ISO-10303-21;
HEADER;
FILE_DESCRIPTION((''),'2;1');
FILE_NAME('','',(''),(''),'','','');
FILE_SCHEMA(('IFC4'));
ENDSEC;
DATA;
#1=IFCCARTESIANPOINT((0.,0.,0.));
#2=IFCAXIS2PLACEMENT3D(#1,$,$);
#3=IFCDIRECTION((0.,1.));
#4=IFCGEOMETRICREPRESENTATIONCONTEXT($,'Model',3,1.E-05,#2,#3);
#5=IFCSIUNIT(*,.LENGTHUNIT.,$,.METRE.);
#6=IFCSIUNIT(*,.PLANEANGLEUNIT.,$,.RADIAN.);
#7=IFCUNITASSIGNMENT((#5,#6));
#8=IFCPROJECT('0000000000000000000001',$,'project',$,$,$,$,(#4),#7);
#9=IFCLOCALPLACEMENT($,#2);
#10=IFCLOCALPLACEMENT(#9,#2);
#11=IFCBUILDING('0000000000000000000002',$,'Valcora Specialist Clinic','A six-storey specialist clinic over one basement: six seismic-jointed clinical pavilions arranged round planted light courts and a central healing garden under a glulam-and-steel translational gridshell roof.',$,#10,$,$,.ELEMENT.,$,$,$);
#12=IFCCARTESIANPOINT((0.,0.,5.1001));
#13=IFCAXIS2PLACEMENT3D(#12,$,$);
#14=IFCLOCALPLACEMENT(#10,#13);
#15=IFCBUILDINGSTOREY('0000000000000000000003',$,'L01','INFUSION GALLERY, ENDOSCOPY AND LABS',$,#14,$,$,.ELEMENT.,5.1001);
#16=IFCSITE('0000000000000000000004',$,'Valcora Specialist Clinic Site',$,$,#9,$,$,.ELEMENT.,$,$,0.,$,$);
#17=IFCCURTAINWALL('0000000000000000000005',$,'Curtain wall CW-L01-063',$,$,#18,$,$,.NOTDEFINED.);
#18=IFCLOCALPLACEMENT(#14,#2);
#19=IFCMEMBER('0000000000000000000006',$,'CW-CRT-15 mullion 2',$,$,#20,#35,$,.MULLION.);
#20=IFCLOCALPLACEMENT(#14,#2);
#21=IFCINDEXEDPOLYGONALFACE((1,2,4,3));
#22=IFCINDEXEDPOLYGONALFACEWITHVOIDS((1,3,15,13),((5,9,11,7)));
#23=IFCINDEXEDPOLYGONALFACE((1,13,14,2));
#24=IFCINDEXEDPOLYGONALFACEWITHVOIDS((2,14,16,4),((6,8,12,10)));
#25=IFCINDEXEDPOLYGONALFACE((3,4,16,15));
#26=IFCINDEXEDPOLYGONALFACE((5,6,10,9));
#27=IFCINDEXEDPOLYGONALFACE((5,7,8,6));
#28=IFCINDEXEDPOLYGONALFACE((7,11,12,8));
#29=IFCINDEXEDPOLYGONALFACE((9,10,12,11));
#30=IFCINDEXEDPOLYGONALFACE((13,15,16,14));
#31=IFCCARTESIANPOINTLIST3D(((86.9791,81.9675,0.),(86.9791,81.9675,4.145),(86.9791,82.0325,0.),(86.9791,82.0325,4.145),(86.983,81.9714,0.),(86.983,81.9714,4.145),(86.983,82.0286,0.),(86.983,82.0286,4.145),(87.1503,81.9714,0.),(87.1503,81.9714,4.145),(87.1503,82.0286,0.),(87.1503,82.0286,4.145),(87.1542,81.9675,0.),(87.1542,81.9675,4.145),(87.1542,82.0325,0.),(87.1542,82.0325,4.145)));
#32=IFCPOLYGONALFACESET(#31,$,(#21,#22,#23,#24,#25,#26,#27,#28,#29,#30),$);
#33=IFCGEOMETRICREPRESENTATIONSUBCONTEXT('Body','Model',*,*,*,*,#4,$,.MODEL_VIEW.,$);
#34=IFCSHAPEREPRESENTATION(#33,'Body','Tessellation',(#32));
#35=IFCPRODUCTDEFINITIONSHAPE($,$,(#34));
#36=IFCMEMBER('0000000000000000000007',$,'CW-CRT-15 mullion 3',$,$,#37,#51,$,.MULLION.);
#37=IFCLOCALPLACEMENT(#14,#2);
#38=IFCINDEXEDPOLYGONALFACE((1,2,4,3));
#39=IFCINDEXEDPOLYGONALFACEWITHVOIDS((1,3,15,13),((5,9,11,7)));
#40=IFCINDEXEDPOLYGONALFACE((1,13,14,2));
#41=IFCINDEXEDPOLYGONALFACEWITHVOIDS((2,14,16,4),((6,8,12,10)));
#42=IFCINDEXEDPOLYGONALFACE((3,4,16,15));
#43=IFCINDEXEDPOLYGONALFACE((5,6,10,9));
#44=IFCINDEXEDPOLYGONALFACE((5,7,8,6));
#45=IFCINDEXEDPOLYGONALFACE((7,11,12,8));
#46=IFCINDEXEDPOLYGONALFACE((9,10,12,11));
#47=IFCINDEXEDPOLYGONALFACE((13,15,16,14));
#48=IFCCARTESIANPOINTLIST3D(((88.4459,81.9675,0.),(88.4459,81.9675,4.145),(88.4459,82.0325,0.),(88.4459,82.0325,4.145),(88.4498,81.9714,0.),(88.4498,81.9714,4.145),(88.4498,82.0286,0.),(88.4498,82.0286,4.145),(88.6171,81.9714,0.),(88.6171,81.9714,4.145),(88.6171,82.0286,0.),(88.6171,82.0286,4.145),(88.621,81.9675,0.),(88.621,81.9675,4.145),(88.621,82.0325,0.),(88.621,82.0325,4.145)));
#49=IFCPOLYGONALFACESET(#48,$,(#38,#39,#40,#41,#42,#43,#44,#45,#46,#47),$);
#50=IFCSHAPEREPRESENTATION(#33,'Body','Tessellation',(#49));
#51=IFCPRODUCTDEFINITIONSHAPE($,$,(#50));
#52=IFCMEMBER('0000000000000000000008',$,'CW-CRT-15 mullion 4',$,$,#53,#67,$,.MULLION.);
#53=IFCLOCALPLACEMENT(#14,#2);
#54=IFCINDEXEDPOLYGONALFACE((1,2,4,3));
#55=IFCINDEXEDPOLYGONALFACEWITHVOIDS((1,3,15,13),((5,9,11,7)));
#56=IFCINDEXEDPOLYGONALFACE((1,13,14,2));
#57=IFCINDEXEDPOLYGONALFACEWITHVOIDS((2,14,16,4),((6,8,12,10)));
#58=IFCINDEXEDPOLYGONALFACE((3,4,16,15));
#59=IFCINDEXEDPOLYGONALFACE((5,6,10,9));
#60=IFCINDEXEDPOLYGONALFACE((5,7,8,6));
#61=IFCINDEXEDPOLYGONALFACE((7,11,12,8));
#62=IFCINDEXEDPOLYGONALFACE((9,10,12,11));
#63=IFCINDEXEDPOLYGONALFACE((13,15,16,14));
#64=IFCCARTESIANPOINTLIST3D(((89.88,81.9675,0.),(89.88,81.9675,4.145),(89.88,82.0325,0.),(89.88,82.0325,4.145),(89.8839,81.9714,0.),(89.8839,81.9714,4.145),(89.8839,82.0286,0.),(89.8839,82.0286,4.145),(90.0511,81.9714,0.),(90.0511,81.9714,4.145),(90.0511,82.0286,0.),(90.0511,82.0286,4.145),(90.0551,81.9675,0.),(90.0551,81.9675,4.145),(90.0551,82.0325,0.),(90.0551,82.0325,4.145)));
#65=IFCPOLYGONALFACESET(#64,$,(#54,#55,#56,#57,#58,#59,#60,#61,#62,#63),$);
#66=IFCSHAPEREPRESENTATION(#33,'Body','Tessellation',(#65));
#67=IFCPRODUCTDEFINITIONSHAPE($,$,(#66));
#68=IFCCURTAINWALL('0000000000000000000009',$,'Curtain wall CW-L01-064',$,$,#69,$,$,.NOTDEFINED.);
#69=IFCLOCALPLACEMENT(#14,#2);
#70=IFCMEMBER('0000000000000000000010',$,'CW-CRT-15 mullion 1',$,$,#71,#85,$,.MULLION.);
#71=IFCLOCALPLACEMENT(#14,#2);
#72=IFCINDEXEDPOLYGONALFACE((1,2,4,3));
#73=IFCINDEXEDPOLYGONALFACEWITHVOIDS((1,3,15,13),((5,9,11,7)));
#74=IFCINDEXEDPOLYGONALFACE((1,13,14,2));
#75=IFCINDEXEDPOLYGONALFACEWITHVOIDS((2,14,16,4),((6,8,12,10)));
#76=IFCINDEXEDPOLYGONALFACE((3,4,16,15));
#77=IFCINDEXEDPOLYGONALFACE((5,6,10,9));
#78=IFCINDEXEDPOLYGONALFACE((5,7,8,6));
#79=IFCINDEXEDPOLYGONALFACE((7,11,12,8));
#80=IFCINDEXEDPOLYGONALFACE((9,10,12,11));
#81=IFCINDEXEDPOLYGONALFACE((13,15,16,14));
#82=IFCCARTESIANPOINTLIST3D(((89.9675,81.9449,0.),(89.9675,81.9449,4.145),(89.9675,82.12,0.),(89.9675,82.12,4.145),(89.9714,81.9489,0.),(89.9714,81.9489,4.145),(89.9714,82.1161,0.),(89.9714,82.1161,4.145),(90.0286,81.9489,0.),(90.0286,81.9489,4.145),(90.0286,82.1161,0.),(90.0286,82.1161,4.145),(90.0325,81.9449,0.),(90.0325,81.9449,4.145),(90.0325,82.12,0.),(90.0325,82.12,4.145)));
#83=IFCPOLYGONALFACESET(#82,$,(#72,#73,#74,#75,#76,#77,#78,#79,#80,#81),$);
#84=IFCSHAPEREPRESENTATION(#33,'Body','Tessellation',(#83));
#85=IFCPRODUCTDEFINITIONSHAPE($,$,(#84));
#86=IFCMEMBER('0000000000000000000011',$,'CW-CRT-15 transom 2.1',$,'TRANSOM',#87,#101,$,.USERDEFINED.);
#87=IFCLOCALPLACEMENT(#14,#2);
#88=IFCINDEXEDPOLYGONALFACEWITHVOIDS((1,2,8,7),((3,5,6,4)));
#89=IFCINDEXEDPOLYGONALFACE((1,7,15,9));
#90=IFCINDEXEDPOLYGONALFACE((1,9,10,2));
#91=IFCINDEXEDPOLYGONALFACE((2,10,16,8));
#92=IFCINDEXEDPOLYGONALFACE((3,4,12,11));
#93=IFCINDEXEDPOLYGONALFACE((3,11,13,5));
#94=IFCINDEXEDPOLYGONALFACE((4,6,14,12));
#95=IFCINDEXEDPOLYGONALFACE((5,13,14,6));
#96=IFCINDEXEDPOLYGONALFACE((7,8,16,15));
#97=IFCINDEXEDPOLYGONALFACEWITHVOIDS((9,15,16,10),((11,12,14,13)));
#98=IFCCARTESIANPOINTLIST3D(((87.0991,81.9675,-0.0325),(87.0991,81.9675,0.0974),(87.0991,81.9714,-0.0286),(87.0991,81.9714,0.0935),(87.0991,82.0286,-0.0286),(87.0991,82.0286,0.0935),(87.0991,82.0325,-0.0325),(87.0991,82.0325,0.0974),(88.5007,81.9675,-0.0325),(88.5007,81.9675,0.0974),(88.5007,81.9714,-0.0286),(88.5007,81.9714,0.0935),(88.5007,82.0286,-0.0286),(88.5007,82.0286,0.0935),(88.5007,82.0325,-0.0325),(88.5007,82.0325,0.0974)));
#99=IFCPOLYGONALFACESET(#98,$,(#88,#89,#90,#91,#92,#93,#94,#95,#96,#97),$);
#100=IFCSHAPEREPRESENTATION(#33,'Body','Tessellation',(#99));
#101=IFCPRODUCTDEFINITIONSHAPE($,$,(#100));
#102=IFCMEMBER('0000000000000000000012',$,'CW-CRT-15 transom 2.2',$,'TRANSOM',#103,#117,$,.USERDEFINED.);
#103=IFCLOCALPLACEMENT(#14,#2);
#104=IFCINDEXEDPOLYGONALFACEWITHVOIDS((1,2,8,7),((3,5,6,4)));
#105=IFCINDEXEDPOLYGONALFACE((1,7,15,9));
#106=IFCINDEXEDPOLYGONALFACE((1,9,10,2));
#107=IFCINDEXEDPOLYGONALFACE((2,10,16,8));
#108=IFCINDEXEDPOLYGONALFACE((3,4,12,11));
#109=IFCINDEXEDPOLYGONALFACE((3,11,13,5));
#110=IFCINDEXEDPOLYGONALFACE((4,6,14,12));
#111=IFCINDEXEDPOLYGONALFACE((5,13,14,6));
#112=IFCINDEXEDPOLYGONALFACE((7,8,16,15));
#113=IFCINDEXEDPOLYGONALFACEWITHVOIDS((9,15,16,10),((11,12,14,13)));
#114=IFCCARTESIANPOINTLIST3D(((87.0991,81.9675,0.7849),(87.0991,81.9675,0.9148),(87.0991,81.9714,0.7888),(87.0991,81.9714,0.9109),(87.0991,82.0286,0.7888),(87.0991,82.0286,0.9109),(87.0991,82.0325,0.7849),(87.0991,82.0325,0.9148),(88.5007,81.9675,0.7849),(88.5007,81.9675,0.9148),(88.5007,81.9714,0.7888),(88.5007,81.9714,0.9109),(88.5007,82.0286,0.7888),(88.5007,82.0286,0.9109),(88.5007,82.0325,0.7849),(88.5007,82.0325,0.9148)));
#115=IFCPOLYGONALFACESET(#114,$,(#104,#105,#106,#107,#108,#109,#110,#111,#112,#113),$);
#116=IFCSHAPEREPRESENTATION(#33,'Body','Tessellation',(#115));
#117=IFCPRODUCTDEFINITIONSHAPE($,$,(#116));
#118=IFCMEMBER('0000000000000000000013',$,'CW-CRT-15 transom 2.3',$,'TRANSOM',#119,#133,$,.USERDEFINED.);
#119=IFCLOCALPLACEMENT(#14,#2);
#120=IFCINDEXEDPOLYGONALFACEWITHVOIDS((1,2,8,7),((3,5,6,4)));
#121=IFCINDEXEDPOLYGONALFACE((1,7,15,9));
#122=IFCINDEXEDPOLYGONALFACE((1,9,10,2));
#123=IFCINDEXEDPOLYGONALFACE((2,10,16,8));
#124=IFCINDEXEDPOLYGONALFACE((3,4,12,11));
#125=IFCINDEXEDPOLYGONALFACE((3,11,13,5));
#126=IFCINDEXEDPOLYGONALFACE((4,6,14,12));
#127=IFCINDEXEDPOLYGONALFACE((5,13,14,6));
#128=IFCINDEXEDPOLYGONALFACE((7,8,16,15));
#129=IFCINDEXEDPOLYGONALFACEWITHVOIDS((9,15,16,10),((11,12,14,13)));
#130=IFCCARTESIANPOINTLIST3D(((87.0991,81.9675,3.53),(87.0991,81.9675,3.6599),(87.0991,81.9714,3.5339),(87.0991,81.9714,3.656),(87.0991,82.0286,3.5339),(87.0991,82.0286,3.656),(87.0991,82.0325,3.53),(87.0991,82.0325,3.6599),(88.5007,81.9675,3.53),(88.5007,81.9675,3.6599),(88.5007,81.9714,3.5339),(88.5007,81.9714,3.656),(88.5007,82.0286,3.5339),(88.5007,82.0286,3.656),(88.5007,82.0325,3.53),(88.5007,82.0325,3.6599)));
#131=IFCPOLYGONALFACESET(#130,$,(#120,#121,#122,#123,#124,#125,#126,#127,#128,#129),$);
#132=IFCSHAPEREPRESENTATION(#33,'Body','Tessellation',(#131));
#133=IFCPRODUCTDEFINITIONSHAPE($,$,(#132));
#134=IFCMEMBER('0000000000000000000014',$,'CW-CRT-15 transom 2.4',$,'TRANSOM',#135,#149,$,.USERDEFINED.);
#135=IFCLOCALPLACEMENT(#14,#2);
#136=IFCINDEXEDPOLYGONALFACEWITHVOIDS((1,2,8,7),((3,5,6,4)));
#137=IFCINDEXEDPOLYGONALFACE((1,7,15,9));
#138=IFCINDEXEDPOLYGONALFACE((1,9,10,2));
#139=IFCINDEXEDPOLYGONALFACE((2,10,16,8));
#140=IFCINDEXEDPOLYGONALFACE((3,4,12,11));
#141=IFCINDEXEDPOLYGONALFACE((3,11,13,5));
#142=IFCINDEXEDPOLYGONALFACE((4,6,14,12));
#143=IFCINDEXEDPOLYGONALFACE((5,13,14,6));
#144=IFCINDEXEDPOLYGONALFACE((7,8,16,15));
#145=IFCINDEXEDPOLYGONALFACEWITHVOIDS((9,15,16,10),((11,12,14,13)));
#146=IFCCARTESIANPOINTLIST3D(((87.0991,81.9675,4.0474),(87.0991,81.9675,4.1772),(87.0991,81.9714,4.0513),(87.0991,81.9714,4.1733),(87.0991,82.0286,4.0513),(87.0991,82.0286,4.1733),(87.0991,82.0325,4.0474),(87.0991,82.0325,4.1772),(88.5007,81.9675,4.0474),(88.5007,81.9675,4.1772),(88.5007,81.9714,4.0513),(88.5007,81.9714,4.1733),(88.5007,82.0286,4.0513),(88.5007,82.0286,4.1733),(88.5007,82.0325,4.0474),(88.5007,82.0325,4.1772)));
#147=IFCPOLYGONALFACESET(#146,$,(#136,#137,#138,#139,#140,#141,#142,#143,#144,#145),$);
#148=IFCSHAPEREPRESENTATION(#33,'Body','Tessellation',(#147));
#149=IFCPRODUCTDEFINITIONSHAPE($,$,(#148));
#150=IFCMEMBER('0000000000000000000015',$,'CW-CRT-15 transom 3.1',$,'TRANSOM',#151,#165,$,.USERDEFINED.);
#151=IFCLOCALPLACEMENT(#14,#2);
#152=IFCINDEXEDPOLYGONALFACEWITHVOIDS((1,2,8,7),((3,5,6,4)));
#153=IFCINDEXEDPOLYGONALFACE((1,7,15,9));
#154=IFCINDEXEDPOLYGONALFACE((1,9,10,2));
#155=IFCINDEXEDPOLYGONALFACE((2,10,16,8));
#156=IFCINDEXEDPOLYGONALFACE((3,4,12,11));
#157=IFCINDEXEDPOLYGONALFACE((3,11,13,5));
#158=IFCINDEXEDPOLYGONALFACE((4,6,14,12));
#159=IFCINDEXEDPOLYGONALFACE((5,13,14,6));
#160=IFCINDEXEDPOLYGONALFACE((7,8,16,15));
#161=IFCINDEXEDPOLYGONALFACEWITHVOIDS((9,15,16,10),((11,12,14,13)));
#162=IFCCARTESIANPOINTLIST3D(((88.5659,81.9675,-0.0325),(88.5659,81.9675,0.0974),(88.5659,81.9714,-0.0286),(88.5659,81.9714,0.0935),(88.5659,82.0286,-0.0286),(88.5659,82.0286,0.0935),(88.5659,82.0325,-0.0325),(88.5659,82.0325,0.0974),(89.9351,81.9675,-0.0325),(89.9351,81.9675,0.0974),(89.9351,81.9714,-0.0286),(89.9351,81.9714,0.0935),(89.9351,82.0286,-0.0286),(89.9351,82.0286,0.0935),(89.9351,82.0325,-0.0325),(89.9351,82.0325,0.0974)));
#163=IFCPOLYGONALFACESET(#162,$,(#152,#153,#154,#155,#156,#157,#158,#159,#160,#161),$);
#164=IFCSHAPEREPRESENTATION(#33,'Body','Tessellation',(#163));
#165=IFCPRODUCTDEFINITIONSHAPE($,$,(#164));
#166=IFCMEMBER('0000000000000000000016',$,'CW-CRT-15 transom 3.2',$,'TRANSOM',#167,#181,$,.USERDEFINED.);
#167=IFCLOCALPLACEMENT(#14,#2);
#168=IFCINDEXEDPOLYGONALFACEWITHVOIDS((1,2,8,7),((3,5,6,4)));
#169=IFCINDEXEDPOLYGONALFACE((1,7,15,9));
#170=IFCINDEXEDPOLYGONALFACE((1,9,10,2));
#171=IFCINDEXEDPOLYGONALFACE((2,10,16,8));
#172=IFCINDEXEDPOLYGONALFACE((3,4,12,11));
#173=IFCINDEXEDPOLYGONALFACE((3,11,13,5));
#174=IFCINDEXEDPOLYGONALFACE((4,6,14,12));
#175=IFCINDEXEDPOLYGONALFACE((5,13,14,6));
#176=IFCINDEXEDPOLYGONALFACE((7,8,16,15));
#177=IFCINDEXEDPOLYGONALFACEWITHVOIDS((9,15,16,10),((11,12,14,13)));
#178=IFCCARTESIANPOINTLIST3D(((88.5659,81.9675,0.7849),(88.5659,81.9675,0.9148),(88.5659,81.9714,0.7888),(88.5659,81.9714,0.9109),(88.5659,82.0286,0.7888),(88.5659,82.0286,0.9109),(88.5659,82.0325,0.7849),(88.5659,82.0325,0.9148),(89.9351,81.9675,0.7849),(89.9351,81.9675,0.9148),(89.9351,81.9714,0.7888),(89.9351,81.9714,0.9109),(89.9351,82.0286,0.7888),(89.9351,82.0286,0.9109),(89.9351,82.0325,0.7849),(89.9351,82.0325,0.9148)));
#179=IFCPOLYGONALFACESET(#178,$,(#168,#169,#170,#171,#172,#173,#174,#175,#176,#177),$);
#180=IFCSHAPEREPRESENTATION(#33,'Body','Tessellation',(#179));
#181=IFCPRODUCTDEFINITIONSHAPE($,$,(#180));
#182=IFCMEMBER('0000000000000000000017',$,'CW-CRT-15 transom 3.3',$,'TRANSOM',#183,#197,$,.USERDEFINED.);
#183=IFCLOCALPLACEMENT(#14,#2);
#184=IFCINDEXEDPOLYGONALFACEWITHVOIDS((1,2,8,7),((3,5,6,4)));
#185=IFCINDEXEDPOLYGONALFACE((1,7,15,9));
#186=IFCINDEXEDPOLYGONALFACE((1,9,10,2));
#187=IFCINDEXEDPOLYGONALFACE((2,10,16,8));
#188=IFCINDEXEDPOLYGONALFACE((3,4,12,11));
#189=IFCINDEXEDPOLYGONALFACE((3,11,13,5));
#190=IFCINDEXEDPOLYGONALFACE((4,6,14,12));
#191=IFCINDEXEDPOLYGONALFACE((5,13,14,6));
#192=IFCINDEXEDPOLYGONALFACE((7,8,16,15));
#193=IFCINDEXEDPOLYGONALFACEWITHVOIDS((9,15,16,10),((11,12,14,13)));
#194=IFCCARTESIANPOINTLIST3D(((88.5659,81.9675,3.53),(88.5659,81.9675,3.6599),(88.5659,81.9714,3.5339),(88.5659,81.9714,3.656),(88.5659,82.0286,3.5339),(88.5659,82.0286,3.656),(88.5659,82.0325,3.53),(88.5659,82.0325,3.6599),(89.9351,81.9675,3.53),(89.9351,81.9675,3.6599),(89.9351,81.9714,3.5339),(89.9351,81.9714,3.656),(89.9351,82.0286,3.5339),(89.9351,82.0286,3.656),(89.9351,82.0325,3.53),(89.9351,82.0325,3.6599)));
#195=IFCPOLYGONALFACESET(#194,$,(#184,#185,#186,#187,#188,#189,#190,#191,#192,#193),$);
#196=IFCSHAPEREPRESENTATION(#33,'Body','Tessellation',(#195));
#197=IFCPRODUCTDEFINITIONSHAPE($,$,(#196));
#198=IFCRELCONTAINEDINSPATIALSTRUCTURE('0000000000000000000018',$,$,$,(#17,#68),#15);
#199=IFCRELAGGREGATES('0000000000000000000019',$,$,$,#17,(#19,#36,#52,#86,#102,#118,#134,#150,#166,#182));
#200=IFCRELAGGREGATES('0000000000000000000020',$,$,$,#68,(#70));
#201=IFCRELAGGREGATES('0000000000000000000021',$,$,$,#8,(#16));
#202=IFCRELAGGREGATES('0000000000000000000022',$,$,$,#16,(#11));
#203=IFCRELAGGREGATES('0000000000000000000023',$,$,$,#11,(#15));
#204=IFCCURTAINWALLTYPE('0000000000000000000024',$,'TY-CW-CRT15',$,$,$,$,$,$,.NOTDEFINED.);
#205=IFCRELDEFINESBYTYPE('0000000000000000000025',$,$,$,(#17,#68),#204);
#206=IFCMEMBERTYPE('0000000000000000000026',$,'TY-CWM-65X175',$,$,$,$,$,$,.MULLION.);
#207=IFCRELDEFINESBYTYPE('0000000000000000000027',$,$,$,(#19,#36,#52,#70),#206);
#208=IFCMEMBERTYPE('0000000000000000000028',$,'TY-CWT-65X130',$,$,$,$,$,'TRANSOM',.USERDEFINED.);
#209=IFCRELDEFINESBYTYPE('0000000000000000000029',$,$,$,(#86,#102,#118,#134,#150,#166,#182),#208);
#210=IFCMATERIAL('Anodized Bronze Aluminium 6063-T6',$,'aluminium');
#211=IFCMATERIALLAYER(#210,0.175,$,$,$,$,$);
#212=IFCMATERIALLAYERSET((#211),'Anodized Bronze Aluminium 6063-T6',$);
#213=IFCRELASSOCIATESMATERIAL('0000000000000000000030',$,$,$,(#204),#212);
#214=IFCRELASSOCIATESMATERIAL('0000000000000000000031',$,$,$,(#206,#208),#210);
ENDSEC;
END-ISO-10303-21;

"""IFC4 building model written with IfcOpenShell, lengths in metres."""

from ifc_helpers import new_model, si_unit, direction, frame, origin, origin_2d, place, context, subcontext, project, spatial, hollow_rectangle, extrude, material, layer, layer_set, material_profile, profile_set, type_object, element, aggregate, save


model = new_model("IFC4")

# Units and contexts
model_context = context("Model", 3, precision=1e-05, world=origin(), true_north=direction((0.0, 1.0)))
body_context = subcontext(model_context, "Body", "Model", "MODEL_VIEW")
ifc_project = project(units=[si_unit("LENGTHUNIT", "METRE"), si_unit("PLANEANGLEUNIT", "RADIAN")], contexts=[model_context])

# Site, building, storey
site_placement = place(None, origin())
site = spatial("IfcSite", under=ifc_project, at=site_placement, Name="Valcora Specialist Clinic Site", CompositionType="ELEMENT", RefElevation=0.0)
building_placement = place(site_placement, origin())
building = spatial("IfcBuilding", under=site, at=building_placement, Name="Valcora Specialist Clinic", Description="A six-storey specialist clinic over one basement: six seismic-jointed clinical pavilions arranged round planted light courts and a central healing garden under a glulam-and-steel translational gridshell roof.", CompositionType="ELEMENT")
storey_placement = place(building_placement, frame((0.0, 0.0, 5.1001)))
storey = spatial("IfcBuildingStorey", under=building, at=storey_placement, Name="L01", Description="INFUSION GALLERY, ENDOSCOPY AND LABS", CompositionType="ELEMENT", Elevation=5.1001)

# Curtain wall, members
ifc_material_1 = material(Name="Anodized Bronze Aluminium 6063-T6", Category="aluminium")
ifc_layer_1 = layer(ifc_material_1, 0.175)
ifc_layer_set_1 = layer_set([ifc_layer_1], Name="Anodized Bronze Aluminium 6063-T6")
curtain_wall_type = type_object("IfcCurtainWallType", Name="TY-CW-CRT15", PredefinedType="NOTDEFINED", material=ifc_layer_set_1)
curtain_wall_1_placement = place(storey_placement, origin())
curtain_wall_1 = element("IfcCurtainWall", 1, at=curtain_wall_1_placement, inside=storey, type_object=curtain_wall_type, Name="Curtain wall CW-L01-063", PredefinedType="NOTDEFINED")
ifc_material_profile_1 = material_profile(ifc_material_1, hollow_rectangle(XDim=0.0649, YDim=0.175, WallThickness=0.0039, at=origin_2d()), Name="AL-MUL-65X175")
ifc_profile_set_1 = profile_set([ifc_material_profile_1], Name="Anodized Bronze Aluminium 6063-T6")
member_type_1 = type_object("IfcMemberType", Name="TY-CWM-65X175", PredefinedType="MULLION", material=ifc_profile_set_1)
member_1_placement = place(storey_placement, frame((87.0667, 82.0, 0.0), z_axis=(0.0, 0.0, 1.0), x_axis=(0.0, 1.0, 0.0)))
member_1 = element("IfcMember", 2, at=member_1_placement, type_object=member_type_1, Name="CW-CRT-15 mullion 2", PredefinedType="MULLION", context=body_context, shape_type="SweptSolid", body=[
    extrude(hollow_rectangle(XDim=0.0649, YDim=0.175, WallThickness=0.0039, at=origin_2d()), origin(), (0.0, 0.0, 1.0), 4.145),
])
member_2_placement = place(storey_placement, frame((88.5334, 82.0, 0.0), z_axis=(0.0, 0.0, 1.0), x_axis=(0.0, 1.0, 0.0)))
member_2 = element("IfcMember", 3, at=member_2_placement, type_object=member_type_1, Name="CW-CRT-15 mullion 3", PredefinedType="MULLION", context=body_context, shape_type="SweptSolid", body=[
    extrude(hollow_rectangle(XDim=0.0649, YDim=0.175, WallThickness=0.0039, at=origin_2d()), origin(), (0.0, 0.0, 1.0), 4.145),
])
member_3_placement = place(storey_placement, frame((89.9675, 82.0, 0.0), z_axis=(0.0, 0.0, 1.0), x_axis=(0.0, 1.0, 0.0)))
member_3 = element("IfcMember", 4, at=member_3_placement, type_object=member_type_1, Name="CW-CRT-15 mullion 4", PredefinedType="MULLION", context=body_context, shape_type="SweptSolid", body=[
    extrude(hollow_rectangle(XDim=0.0649, YDim=0.175, WallThickness=0.0039, at=origin_2d()), origin(), (0.0, 0.0, 1.0), 4.145),
])

# Curtain wall, member
curtain_wall_2_placement = place(storey_placement, origin())
curtain_wall_2 = element("IfcCurtainWall", 5, at=curtain_wall_2_placement, inside=storey, type_object=curtain_wall_type, Name="Curtain wall CW-L01-064", PredefinedType="NOTDEFINED")
member_4_placement = place(storey_placement, frame((90.0, 82.0325, 0.0), z_axis=(0.0, 0.0, 1.0), x_axis=(-1.0, 0.0, 0.0)))
member_4 = element("IfcMember", 6, at=member_4_placement, type_object=member_type_1, Name="CW-CRT-15 mullion 1", PredefinedType="MULLION", context=body_context, shape_type="SweptSolid", body=[
    extrude(hollow_rectangle(XDim=0.0649, YDim=0.175, WallThickness=0.0039, at=origin_2d()), origin(), (0.0, 0.0, 1.0), 4.145),
])

# Members
ifc_material_profile_2 = material_profile(ifc_material_1, hollow_rectangle(XDim=0.0649, YDim=0.1299, WallThickness=0.0039, at=origin_2d()), Name="AL-TRN-65X130")
ifc_profile_set_2 = profile_set([ifc_material_profile_2], Name="Anodized Bronze Aluminium 6063-T6")
member_type_2 = type_object("IfcMemberType", Name="TY-CWT-65X130", ElementType="TRANSOM", PredefinedType="USERDEFINED", material=ifc_profile_set_2)
member_5_placement = place(storey_placement, frame((87.0991, 82.0, 0.0325), z_axis=(1.0, 0.0, 0.0), x_axis=(0.0, 1.0, 0.0)))
member_5 = element("IfcMember", 7, at=member_5_placement, type_object=member_type_2, Name="CW-CRT-15 transom 2.1", ObjectType="TRANSOM", PredefinedType="USERDEFINED", context=body_context, shape_type="SweptSolid", body=[
    extrude(hollow_rectangle(XDim=0.0649, YDim=0.1299, WallThickness=0.0039, at=origin_2d()), origin(), (0.0, 0.0, 1.0), 1.4016),
])
member_6_placement = place(storey_placement, frame((87.0991, 82.0, 0.8499), z_axis=(1.0, 0.0, 0.0), x_axis=(0.0, 1.0, 0.0)))
member_6 = element("IfcMember", 8, at=member_6_placement, type_object=member_type_2, Name="CW-CRT-15 transom 2.2", ObjectType="TRANSOM", PredefinedType="USERDEFINED", context=body_context, shape_type="SweptSolid", body=[
    extrude(hollow_rectangle(XDim=0.0649, YDim=0.1299, WallThickness=0.0039, at=origin_2d()), origin(), (0.0, 0.0, 1.0), 1.4016),
])
member_7_placement = place(storey_placement, frame((87.0991, 82.0, 3.595), z_axis=(1.0, 0.0, 0.0), x_axis=(0.0, 1.0, 0.0)))
member_7 = element("IfcMember", 9, at=member_7_placement, type_object=member_type_2, Name="CW-CRT-15 transom 2.3", ObjectType="TRANSOM", PredefinedType="USERDEFINED", context=body_context, shape_type="SweptSolid", body=[
    extrude(hollow_rectangle(XDim=0.0649, YDim=0.1299, WallThickness=0.0039, at=origin_2d()), origin(), (0.0, 0.0, 1.0), 1.4016),
])
member_8_placement = place(storey_placement, frame((87.0991, 82.0, 4.1123), z_axis=(1.0, 0.0, 0.0), x_axis=(0.0, 1.0, 0.0)))
member_8 = element("IfcMember", 10, at=member_8_placement, type_object=member_type_2, Name="CW-CRT-15 transom 2.4", ObjectType="TRANSOM", PredefinedType="USERDEFINED", context=body_context, shape_type="SweptSolid", body=[
    extrude(hollow_rectangle(XDim=0.0649, YDim=0.1299, WallThickness=0.0039, at=origin_2d()), origin(), (0.0, 0.0, 1.0), 1.4016),
])
member_9_placement = place(storey_placement, frame((88.5659, 82.0, 0.0325), z_axis=(1.0, 0.0, 0.0), x_axis=(0.0, 1.0, 0.0)))
member_9 = element("IfcMember", 11, at=member_9_placement, type_object=member_type_2, Name="CW-CRT-15 transom 3.1", ObjectType="TRANSOM", PredefinedType="USERDEFINED", context=body_context, shape_type="SweptSolid", body=[
    extrude(hollow_rectangle(XDim=0.0649, YDim=0.1299, WallThickness=0.0039, at=origin_2d()), origin(), (0.0, 0.0, 1.0), 1.3691),
])
member_10_placement = place(storey_placement, frame((88.5659, 82.0, 0.8499), z_axis=(1.0, 0.0, 0.0), x_axis=(0.0, 1.0, 0.0)))
member_10 = element("IfcMember", 12, at=member_10_placement, type_object=member_type_2, Name="CW-CRT-15 transom 3.2", ObjectType="TRANSOM", PredefinedType="USERDEFINED", context=body_context, shape_type="SweptSolid", body=[
    extrude(hollow_rectangle(XDim=0.0649, YDim=0.1299, WallThickness=0.0039, at=origin_2d()), origin(), (0.0, 0.0, 1.0), 1.3691),
])
member_11_placement = place(storey_placement, frame((88.5659, 82.0, 3.595), z_axis=(1.0, 0.0, 0.0), x_axis=(0.0, 1.0, 0.0)))
member_11 = element("IfcMember", 13, at=member_11_placement, type_object=member_type_2, Name="CW-CRT-15 transom 3.3", ObjectType="TRANSOM", PredefinedType="USERDEFINED", context=body_context, shape_type="SweptSolid", body=[
    extrude(hollow_rectangle(XDim=0.0649, YDim=0.1299, WallThickness=0.0039, at=origin_2d()), origin(), (0.0, 0.0, 1.0), 1.3691),
])

aggregate(curtain_wall_1, [member_1, member_2, member_3, member_5, member_6, member_7, member_8, member_9, member_10, member_11])
aggregate(curtain_wall_2, [member_4])

save(model, "model.ifc")
